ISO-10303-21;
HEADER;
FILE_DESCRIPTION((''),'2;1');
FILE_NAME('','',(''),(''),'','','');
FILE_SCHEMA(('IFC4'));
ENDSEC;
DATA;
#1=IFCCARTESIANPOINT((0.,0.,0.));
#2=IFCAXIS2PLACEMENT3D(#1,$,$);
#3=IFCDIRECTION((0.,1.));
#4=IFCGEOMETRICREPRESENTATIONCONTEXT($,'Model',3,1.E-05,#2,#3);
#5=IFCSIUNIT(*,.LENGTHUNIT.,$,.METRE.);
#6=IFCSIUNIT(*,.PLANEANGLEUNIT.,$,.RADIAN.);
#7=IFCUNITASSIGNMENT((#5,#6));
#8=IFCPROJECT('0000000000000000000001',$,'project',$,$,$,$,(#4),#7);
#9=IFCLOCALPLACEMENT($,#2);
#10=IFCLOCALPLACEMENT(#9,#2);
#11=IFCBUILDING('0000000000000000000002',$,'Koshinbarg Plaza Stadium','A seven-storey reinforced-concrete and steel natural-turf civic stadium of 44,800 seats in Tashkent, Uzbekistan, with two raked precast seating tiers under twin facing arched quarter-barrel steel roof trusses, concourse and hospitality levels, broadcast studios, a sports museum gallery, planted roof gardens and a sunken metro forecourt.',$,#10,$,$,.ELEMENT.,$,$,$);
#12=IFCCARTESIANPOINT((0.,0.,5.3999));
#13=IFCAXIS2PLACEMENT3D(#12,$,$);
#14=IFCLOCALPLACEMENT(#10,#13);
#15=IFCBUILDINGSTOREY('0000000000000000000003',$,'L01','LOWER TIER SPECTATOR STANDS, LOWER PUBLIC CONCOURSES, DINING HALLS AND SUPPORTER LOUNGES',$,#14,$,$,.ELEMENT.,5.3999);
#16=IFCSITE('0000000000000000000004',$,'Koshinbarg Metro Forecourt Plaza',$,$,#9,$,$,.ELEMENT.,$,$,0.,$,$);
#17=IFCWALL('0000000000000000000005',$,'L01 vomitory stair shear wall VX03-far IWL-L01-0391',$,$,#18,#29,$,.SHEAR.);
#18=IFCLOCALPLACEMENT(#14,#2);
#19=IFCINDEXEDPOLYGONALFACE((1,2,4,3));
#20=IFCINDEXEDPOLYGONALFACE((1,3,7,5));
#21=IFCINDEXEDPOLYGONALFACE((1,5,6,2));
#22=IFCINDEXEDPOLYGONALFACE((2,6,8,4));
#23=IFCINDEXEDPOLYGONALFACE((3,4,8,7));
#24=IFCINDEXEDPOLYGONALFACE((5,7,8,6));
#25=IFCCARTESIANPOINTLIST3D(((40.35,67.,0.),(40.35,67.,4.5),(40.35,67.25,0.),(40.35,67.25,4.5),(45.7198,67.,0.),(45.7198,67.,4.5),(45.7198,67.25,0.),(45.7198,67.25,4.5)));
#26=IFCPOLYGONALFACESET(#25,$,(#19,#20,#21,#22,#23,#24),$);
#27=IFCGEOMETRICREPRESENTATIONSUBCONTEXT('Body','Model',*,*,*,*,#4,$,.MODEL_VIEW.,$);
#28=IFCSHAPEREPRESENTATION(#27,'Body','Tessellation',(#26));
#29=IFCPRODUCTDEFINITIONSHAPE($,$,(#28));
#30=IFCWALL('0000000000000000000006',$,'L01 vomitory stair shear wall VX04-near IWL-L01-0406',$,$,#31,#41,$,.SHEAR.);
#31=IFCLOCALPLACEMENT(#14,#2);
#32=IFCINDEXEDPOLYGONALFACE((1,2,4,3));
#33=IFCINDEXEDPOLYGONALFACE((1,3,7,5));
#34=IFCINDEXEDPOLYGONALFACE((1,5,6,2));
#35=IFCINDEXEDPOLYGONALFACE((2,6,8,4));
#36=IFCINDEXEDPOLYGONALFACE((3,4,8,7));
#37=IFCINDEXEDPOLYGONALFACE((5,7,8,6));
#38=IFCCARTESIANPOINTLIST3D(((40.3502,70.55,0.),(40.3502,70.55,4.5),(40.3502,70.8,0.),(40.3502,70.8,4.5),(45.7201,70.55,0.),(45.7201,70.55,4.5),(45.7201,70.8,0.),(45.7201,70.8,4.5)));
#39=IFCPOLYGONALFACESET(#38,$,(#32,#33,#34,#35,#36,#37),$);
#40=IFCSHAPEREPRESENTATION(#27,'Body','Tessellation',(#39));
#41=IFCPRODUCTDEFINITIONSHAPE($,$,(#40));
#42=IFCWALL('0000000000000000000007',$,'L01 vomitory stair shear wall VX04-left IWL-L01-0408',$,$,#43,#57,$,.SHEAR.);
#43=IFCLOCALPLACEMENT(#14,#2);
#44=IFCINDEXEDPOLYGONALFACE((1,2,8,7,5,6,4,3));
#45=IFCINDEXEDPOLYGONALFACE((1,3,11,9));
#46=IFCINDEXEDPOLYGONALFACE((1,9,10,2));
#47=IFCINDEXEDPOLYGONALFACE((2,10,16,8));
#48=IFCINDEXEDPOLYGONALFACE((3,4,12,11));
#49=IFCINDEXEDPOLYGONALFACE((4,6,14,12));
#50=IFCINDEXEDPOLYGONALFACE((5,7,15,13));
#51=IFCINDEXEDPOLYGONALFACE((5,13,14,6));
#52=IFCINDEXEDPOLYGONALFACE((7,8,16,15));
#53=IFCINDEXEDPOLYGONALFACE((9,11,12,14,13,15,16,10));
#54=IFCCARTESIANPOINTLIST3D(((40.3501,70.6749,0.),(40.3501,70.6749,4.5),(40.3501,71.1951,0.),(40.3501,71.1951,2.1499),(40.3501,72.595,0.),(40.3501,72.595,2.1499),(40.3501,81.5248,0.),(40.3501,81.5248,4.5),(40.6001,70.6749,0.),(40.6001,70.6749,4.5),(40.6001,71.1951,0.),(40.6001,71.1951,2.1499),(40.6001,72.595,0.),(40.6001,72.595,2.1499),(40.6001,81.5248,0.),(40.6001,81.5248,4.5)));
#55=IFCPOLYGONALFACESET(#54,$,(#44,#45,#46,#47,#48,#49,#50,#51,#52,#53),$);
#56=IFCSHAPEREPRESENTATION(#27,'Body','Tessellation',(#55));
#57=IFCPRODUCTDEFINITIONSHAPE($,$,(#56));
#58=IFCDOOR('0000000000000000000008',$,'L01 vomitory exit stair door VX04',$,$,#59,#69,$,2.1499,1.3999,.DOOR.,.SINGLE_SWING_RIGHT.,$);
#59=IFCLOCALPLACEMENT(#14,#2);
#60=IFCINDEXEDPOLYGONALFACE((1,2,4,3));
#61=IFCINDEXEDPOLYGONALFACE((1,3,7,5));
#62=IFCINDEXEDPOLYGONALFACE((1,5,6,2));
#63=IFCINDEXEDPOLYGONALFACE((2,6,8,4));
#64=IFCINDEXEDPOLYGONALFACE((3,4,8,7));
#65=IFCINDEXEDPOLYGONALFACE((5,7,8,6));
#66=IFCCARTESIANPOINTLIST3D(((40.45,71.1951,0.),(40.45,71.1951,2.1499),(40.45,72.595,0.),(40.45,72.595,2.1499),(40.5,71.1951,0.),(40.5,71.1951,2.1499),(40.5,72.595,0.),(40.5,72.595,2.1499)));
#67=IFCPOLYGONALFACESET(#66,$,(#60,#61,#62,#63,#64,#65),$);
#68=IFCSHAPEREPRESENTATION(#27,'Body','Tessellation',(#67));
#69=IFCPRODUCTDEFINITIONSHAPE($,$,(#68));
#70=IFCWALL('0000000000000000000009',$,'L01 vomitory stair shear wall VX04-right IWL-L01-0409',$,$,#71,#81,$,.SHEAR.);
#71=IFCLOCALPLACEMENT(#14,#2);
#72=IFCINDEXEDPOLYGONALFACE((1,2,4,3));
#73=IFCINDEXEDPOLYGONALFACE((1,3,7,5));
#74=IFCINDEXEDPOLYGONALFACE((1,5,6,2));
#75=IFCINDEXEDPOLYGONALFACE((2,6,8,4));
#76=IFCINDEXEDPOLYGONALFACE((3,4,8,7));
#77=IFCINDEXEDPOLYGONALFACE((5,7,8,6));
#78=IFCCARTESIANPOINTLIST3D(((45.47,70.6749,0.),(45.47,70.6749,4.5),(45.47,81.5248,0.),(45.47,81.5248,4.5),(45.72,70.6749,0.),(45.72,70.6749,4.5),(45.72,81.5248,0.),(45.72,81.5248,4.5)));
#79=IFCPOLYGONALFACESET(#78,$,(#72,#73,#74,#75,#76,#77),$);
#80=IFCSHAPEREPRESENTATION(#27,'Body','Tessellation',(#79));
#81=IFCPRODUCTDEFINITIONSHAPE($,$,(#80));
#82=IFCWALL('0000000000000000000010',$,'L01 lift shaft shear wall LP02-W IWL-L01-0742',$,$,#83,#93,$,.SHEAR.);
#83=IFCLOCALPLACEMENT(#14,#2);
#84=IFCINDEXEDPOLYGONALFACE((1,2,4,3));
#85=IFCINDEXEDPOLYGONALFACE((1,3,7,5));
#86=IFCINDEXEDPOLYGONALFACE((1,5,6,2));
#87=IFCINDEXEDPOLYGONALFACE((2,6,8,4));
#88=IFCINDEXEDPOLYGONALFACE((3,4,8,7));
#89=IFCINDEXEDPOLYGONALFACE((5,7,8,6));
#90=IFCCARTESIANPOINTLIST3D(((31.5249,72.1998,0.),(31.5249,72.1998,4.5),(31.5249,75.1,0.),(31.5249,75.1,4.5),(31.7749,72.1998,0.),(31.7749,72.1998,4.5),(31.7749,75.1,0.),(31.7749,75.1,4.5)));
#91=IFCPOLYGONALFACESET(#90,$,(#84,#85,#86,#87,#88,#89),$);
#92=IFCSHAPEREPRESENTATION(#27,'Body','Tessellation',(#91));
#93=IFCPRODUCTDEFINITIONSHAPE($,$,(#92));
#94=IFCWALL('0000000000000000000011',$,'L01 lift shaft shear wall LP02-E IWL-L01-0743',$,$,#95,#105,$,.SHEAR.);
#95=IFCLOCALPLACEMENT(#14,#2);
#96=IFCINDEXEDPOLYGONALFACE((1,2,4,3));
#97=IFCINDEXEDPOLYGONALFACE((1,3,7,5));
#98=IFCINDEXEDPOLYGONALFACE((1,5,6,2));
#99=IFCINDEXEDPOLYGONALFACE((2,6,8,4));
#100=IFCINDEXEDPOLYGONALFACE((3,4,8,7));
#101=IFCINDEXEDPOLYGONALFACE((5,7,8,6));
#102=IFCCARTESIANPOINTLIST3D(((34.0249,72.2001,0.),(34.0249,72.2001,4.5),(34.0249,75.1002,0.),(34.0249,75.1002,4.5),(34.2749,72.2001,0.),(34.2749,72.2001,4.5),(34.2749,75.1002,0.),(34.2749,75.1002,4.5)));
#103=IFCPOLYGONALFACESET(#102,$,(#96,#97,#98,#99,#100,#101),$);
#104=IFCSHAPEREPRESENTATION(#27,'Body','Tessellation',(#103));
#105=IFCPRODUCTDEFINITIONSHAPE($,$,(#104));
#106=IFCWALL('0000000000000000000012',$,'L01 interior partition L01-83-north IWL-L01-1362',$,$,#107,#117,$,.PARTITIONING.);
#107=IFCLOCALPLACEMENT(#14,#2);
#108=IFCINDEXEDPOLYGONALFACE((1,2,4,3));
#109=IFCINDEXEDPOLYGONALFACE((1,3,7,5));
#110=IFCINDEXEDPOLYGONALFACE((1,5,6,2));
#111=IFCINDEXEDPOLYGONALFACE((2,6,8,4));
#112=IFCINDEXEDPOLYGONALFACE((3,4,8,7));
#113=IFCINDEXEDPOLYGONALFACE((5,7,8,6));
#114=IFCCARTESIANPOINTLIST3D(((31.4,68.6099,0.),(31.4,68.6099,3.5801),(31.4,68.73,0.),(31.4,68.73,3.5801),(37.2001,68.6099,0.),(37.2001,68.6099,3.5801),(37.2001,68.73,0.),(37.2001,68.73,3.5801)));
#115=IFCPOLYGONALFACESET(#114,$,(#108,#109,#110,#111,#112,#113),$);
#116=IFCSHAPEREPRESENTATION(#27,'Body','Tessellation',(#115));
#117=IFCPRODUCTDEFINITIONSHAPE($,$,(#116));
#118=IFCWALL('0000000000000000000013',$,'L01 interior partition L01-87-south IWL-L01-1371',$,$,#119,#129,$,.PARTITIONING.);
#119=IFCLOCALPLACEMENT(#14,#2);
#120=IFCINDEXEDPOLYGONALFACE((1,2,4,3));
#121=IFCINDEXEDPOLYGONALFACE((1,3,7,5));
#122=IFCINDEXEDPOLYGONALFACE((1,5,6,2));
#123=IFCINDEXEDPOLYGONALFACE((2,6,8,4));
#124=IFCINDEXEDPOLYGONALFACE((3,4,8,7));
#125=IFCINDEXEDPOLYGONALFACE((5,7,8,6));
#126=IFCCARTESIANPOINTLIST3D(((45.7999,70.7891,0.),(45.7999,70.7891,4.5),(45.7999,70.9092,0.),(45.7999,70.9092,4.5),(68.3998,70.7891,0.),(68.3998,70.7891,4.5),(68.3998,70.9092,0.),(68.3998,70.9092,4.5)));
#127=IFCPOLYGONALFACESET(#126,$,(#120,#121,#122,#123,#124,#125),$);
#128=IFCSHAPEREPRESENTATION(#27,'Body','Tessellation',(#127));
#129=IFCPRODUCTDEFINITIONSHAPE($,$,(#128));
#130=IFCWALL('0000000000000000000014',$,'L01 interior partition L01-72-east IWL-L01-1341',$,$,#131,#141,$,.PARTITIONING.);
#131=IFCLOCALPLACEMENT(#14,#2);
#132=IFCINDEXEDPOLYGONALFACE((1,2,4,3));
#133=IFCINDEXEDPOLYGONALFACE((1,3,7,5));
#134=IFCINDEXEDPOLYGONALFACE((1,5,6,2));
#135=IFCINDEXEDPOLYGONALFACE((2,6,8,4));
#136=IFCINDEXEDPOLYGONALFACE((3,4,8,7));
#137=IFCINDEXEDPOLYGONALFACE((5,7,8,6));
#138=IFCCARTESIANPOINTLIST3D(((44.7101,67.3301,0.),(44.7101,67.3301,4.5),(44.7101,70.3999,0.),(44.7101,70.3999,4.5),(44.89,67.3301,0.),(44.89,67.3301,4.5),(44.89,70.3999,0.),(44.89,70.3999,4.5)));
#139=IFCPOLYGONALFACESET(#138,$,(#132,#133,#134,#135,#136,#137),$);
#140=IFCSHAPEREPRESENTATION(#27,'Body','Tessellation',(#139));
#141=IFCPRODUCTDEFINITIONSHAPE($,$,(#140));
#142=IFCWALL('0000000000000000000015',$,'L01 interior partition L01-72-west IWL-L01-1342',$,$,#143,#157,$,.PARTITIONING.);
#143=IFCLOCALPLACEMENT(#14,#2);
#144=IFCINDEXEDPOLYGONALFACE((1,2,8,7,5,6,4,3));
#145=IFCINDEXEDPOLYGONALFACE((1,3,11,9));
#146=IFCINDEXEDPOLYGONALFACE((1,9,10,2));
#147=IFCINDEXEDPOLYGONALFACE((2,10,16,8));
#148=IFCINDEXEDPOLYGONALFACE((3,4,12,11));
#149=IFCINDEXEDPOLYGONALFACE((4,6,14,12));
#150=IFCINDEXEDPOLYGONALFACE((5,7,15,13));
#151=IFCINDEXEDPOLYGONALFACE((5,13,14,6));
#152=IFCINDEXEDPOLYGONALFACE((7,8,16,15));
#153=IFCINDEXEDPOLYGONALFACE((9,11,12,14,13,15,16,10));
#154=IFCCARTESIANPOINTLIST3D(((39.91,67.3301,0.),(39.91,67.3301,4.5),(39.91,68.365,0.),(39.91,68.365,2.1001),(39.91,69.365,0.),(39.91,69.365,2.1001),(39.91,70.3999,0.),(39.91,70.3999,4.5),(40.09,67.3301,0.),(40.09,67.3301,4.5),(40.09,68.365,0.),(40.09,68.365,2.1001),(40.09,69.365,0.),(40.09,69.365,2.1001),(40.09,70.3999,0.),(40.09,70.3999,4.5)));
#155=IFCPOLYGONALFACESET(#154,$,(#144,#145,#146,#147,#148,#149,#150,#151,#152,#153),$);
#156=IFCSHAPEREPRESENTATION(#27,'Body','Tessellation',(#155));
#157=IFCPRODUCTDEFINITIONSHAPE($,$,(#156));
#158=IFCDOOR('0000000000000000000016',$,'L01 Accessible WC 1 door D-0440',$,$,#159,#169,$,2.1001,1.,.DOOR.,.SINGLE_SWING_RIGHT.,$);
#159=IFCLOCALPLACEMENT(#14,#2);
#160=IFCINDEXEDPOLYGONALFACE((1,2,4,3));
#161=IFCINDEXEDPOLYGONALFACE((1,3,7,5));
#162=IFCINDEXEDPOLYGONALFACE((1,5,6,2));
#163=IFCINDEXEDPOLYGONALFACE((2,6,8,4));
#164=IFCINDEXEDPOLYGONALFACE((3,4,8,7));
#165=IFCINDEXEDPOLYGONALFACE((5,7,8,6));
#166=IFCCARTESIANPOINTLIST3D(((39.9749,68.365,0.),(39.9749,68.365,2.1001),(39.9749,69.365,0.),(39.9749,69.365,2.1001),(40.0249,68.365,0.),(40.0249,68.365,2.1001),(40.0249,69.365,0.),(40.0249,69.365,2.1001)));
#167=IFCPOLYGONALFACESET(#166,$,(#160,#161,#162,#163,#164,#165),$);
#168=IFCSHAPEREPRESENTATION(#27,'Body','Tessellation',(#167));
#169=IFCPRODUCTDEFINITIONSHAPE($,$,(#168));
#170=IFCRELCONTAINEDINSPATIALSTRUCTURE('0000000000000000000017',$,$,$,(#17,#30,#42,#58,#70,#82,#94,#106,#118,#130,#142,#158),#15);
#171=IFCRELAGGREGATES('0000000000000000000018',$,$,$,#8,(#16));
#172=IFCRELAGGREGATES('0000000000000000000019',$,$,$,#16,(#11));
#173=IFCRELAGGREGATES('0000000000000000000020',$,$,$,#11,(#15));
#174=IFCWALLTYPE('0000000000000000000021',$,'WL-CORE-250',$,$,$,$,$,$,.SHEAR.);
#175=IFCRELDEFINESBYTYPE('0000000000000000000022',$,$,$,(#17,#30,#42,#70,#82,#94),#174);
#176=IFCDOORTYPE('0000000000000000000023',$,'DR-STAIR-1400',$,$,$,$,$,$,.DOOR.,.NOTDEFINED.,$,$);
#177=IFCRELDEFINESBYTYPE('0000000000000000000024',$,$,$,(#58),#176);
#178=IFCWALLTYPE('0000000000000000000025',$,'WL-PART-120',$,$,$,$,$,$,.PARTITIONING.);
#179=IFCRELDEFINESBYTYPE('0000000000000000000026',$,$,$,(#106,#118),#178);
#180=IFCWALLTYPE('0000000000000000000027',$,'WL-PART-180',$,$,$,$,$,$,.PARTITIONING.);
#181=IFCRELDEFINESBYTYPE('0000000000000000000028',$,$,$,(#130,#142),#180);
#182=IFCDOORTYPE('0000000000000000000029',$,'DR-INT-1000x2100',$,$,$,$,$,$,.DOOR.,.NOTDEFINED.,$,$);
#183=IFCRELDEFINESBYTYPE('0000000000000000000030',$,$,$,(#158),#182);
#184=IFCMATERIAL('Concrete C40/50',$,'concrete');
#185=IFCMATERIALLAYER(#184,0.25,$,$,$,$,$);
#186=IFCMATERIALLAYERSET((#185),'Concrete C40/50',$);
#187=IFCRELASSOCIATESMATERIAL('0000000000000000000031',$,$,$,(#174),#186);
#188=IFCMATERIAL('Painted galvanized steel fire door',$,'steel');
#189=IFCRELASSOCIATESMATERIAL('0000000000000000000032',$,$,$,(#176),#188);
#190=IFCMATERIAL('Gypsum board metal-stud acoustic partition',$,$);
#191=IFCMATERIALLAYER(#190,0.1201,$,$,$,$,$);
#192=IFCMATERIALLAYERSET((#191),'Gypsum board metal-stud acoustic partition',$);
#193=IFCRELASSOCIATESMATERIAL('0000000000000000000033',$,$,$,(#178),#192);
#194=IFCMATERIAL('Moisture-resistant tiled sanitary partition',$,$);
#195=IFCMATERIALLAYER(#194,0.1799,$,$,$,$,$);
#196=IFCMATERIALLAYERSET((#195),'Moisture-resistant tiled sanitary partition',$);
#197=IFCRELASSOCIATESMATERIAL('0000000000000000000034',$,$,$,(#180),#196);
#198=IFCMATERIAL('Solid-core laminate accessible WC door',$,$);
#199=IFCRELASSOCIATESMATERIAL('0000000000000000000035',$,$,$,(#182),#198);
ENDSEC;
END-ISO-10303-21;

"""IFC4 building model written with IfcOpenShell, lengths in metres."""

from ifc_helpers import new_model, si_unit, direction, frame, frame_2d, origin, place, context, subcontext, project, spatial, rectangle, extrude, material, layer, layer_set, type_object, element, fill, save


model = new_model("IFC4")

# Units and contexts
model_context = context("Model", 3, precision=1e-05, world=origin(), true_north=direction((0.0, 1.0)))
body_context = subcontext(model_context, "Body", "Model", "MODEL_VIEW")
ifc_project = project(units=[si_unit("LENGTHUNIT", "METRE"), si_unit("PLANEANGLEUNIT", "RADIAN")], contexts=[model_context])

# Site, building, storey
site_placement = place(None, origin())
site = spatial("IfcSite", under=ifc_project, at=site_placement, Name="Koshinbarg Metro Forecourt Plaza", CompositionType="ELEMENT", RefElevation=0.0)
building_placement = place(site_placement, origin())
building = spatial("IfcBuilding", under=site, at=building_placement, Name="Koshinbarg Plaza Stadium", Description="A seven-storey reinforced-concrete and steel natural-turf civic stadium of 44,800 seats in Tashkent, Uzbekistan, with two raked precast seating tiers under twin facing arched quarter-barrel steel roof trusses, concourse and hospitality levels, broadcast studios, a sports museum gallery, planted roof gardens and a sunken metro forecourt.", CompositionType="ELEMENT")
storey_placement = place(building_placement, frame((0.0, 0.0, 5.3999)))
storey = spatial("IfcBuildingStorey", under=building, at=storey_placement, Name="L01", Description="LOWER TIER SPECTATOR STANDS, LOWER PUBLIC CONCOURSES, DINING HALLS AND SUPPORTER LOUNGES", CompositionType="ELEMENT", Elevation=5.3999)

# Shared definitions
ifc_material_1 = material(Name="Concrete C40/50", Category="concrete")

# Shared definitions
ifc_layer_1 = layer(ifc_material_1, 0.25)
ifc_layer_set_1 = layer_set([ifc_layer_1], Name="Concrete C40/50")
wall_type_1 = type_object("IfcWallType", Name="WL-CORE-250", PredefinedType="SHEAR", material=ifc_layer_set_1)

# Shared definitions
ifc_material_2 = material(Name="Painted galvanized steel fire door", Category="steel")
door_type_1 = type_object("IfcDoorType", Name="DR-STAIR-1400", OperationType="NOTDEFINED", PredefinedType="DOOR", material=ifc_material_2)

# Walls
for number, where, z_axis, x_axis, name in (
    (1, (45.72, 67.125, 0.0), (0.0, 0.0, 1.0), (-1.0, 0.0, 0.0), "L01 vomitory stair shear wall VX03-far IWL-L01-0391"),
    (2, (40.3501, 70.675, 0.0), (0.0, 0.0, 1.0), (1.0, 0.0, 0.0), "L01 vomitory stair shear wall VX04-near IWL-L01-0406"),
):
    element("IfcWall", number, at=place(storey_placement, frame(where, z_axis=z_axis, x_axis=x_axis)), inside=storey, type_object=wall_type_1, Name=name, PredefinedType="SHEAR", context=body_context, shape_type="SweptSolid", body=[
        extrude(rectangle(XDim=5.3699, YDim=0.25, at=frame_2d((2.6851, 0.0))), origin(), (0.0, 0.0, 1.0), 4.5),
    ])

# Wall, opening, door
wall_1_placement = place(storey_placement, frame((40.4751, 70.675, 0.0), z_axis=(0.0, 0.0, 1.0), x_axis=(0.0, 1.0, 0.0)))
wall_1 = element("IfcWall", 3, at=wall_1_placement, inside=storey, type_object=wall_type_1, Name="L01 vomitory stair shear wall VX04-left IWL-L01-0408", PredefinedType="SHEAR", context=body_context, shape_type="SweptSolid", body=[
    extrude(rectangle(XDim=10.8499, YDim=0.25, at=frame_2d((5.4248, 0.0))), origin(), (0.0, 0.0, 1.0), 4.5),
])
opening_1_placement = place(wall_1_placement, frame((0.52, 0.0, 0.0)))
opening_1 = element("IfcOpeningElement", 4, at=opening_1_placement, cuts=wall_1, PredefinedType="OPENING", context=body_context, shape_type="SweptSolid", body=[
    extrude(rectangle(XDim=1.3999, YDim=2.1499, at=frame_2d((0.7, 1.075))), frame((0.0, 0.135, 0.0), z_axis=(0.0, -1.0, 0.0), x_axis=(1.0, 0.0, 0.0)), (0.0, 0.0, 1.0), 0.27),
])
door_1_placement = place(opening_1_placement, frame((1.3999, 0.0, 0.0), z_axis=(0.0, 0.0, 1.0), x_axis=(-1.0, 0.0, 0.0)))
door_1 = element("IfcDoor", 5, at=door_1_placement, inside=storey, type_object=door_type_1, Name="L01 vomitory exit stair door VX04", OperationType="SINGLE_SWING_RIGHT", OverallHeight=2.1499, OverallWidth=1.3999, PredefinedType="DOOR", context=body_context, shape_type="SweptSolid", body=[
    extrude(rectangle(XDim=1.3999, YDim=2.1499, at=frame_2d((0.7, 1.075))), frame((0.0, 0.0249, 0.0), z_axis=(0.0, -1.0, 0.0), x_axis=(1.0, 0.0, 0.0)), (0.0, 0.0, 1.0), 0.05),
])
fill(opening_1, door_1)

# Wall
wall_2_placement = place(storey_placement, frame((45.595, 70.675, 0.0), z_axis=(0.0, 0.0, 1.0), x_axis=(0.0, 1.0, 0.0)))
element("IfcWall", 6, at=wall_2_placement, inside=storey, type_object=wall_type_1, Name="L01 vomitory stair shear wall VX04-right IWL-L01-0409", PredefinedType="SHEAR", context=body_context, shape_type="SweptSolid", body=[
    extrude(rectangle(XDim=10.8499, YDim=0.25, at=frame_2d((5.4248, 0.0))), origin(), (0.0, 0.0, 1.0), 4.5),
])

# Walls
for number, where, z_axis, x_axis, name in (
    (7, (31.6499, 75.1001, 0.0), (0.0, 0.0, 1.0), (0.0, -1.0, 0.0), "L01 lift shaft shear wall LP02-W IWL-L01-0742"),
    (8, (34.1499, 72.2, 0.0), (0.0, 0.0, 1.0), (0.0, 1.0, 0.0), "L01 lift shaft shear wall LP02-E IWL-L01-0743"),
):
    element("IfcWall", number, at=place(storey_placement, frame(where, z_axis=z_axis, x_axis=x_axis)), inside=storey, type_object=wall_type_1, Name=name, PredefinedType="SHEAR", context=body_context, shape_type="SweptSolid", body=[
        extrude(rectangle(XDim=2.9001, YDim=0.25, at=frame_2d((1.4502, 0.0))), origin(), (0.0, 0.0, 1.0), 4.5),
    ])
ifc_material_3 = material(Name="Gypsum board metal-stud acoustic partition")
ifc_layer_2 = layer(ifc_material_3, 0.1201)
ifc_layer_set_2 = layer_set([ifc_layer_2], Name="Gypsum board metal-stud acoustic partition")
wall_type_2 = type_object("IfcWallType", Name="WL-PART-120", PredefinedType="PARTITIONING", material=ifc_layer_set_2)
wall_3_placement = place(storey_placement, frame((37.2, 68.6699, 0.0), z_axis=(0.0, 0.0, 1.0), x_axis=(-1.0, 0.0, 0.0)))
element("IfcWall", 9, at=wall_3_placement, inside=storey, type_object=wall_type_2, Name="L01 interior partition L01-83-north IWL-L01-1362", PredefinedType="PARTITIONING", context=body_context, shape_type="SweptSolid", body=[
    extrude(rectangle(XDim=5.8, YDim=0.1201, at=frame_2d((2.8999, 0.0))), origin(), (0.0, 0.0, 1.0), 3.5801),
])
wall_4_placement = place(storey_placement, frame((45.8, 70.8491, 0.0), z_axis=(0.0, 0.0, 1.0), x_axis=(1.0, 0.0, 0.0)))
element("IfcWall", 10, at=wall_4_placement, inside=storey, type_object=wall_type_2, Name="L01 interior partition L01-87-south IWL-L01-1371", PredefinedType="PARTITIONING", context=body_context, shape_type="SweptSolid", body=[
    extrude(rectangle(XDim=22.5999, YDim=0.1201, at=frame_2d((11.2998, 0.0))), origin(), (0.0, 0.0, 1.0), 4.5),
])
ifc_material_4 = material(Name="Moisture-resistant tiled sanitary partition")
ifc_layer_3 = layer(ifc_material_4, 0.1799)
ifc_layer_set_3 = layer_set([ifc_layer_3], Name="Moisture-resistant tiled sanitary partition")
wall_type_3 = type_object("IfcWallType", Name="WL-PART-180", PredefinedType="PARTITIONING", material=ifc_layer_set_3)
wall_5_placement = place(storey_placement, frame((44.8, 67.3301, 0.0), z_axis=(0.0, 0.0, 1.0), x_axis=(0.0, 1.0, 0.0)))
element("IfcWall", 11, at=wall_5_placement, inside=storey, type_object=wall_type_3, Name="L01 interior partition L01-72-east IWL-L01-1341", PredefinedType="PARTITIONING", context=body_context, shape_type="SweptSolid", body=[
    extrude(rectangle(XDim=3.0698, YDim=0.1799, at=frame_2d((1.5349, 0.0))), origin(), (0.0, 0.0, 1.0), 4.5),
])

# Wall, opening, door
wall_6_placement = place(storey_placement, frame((40.0, 70.3999, 0.0), z_axis=(0.0, 0.0, 1.0), x_axis=(0.0, -1.0, 0.0)))
wall_6 = element("IfcWall", 12, at=wall_6_placement, inside=storey, type_object=wall_type_3, Name="L01 interior partition L01-72-west IWL-L01-1342", PredefinedType="PARTITIONING", context=body_context, shape_type="SweptSolid", body=[
    extrude(rectangle(XDim=3.0698, YDim=0.1799, at=frame_2d((1.5349, 0.0))), origin(), (0.0, 0.0, 1.0), 4.5),
])
opening_2_placement = place(wall_6_placement, frame((1.0349, 0.0, 0.0)))
opening_2 = element("IfcOpeningElement", 13, at=opening_2_placement, cuts=wall_6, PredefinedType="OPENING", context=body_context, shape_type="SweptSolid", body=[
    extrude(rectangle(XDim=1.0, YDim=2.1001, at=frame_2d((0.5, 1.05))), frame((0.0, 0.0999, 0.0), z_axis=(0.0, -1.0, 0.0), x_axis=(1.0, 0.0, 0.0)), (0.0, 0.0, 1.0), 0.2),
])
ifc_material_5 = material(Name="Solid-core laminate accessible WC door")
door_type_2 = type_object("IfcDoorType", Name="DR-INT-1000x2100", OperationType="NOTDEFINED", PredefinedType="DOOR", material=ifc_material_5)
door_2_placement = place(opening_2_placement, origin())
door_2 = element("IfcDoor", 14, at=door_2_placement, inside=storey, type_object=door_type_2, Name="L01 Accessible WC 1 door D-0440", OperationType="SINGLE_SWING_RIGHT", OverallHeight=2.1001, OverallWidth=1.0, PredefinedType="DOOR", context=body_context, shape_type="SweptSolid", body=[
    extrude(rectangle(XDim=1.0, YDim=2.1001, at=frame_2d((0.5, 1.05))), frame((0.0, 0.0249, 0.0), z_axis=(0.0, -1.0, 0.0), x_axis=(1.0, 0.0, 0.0)), (0.0, 0.0, 1.0), 0.05),
])
fill(opening_2, door_2)

save(model, "model.ifc")
